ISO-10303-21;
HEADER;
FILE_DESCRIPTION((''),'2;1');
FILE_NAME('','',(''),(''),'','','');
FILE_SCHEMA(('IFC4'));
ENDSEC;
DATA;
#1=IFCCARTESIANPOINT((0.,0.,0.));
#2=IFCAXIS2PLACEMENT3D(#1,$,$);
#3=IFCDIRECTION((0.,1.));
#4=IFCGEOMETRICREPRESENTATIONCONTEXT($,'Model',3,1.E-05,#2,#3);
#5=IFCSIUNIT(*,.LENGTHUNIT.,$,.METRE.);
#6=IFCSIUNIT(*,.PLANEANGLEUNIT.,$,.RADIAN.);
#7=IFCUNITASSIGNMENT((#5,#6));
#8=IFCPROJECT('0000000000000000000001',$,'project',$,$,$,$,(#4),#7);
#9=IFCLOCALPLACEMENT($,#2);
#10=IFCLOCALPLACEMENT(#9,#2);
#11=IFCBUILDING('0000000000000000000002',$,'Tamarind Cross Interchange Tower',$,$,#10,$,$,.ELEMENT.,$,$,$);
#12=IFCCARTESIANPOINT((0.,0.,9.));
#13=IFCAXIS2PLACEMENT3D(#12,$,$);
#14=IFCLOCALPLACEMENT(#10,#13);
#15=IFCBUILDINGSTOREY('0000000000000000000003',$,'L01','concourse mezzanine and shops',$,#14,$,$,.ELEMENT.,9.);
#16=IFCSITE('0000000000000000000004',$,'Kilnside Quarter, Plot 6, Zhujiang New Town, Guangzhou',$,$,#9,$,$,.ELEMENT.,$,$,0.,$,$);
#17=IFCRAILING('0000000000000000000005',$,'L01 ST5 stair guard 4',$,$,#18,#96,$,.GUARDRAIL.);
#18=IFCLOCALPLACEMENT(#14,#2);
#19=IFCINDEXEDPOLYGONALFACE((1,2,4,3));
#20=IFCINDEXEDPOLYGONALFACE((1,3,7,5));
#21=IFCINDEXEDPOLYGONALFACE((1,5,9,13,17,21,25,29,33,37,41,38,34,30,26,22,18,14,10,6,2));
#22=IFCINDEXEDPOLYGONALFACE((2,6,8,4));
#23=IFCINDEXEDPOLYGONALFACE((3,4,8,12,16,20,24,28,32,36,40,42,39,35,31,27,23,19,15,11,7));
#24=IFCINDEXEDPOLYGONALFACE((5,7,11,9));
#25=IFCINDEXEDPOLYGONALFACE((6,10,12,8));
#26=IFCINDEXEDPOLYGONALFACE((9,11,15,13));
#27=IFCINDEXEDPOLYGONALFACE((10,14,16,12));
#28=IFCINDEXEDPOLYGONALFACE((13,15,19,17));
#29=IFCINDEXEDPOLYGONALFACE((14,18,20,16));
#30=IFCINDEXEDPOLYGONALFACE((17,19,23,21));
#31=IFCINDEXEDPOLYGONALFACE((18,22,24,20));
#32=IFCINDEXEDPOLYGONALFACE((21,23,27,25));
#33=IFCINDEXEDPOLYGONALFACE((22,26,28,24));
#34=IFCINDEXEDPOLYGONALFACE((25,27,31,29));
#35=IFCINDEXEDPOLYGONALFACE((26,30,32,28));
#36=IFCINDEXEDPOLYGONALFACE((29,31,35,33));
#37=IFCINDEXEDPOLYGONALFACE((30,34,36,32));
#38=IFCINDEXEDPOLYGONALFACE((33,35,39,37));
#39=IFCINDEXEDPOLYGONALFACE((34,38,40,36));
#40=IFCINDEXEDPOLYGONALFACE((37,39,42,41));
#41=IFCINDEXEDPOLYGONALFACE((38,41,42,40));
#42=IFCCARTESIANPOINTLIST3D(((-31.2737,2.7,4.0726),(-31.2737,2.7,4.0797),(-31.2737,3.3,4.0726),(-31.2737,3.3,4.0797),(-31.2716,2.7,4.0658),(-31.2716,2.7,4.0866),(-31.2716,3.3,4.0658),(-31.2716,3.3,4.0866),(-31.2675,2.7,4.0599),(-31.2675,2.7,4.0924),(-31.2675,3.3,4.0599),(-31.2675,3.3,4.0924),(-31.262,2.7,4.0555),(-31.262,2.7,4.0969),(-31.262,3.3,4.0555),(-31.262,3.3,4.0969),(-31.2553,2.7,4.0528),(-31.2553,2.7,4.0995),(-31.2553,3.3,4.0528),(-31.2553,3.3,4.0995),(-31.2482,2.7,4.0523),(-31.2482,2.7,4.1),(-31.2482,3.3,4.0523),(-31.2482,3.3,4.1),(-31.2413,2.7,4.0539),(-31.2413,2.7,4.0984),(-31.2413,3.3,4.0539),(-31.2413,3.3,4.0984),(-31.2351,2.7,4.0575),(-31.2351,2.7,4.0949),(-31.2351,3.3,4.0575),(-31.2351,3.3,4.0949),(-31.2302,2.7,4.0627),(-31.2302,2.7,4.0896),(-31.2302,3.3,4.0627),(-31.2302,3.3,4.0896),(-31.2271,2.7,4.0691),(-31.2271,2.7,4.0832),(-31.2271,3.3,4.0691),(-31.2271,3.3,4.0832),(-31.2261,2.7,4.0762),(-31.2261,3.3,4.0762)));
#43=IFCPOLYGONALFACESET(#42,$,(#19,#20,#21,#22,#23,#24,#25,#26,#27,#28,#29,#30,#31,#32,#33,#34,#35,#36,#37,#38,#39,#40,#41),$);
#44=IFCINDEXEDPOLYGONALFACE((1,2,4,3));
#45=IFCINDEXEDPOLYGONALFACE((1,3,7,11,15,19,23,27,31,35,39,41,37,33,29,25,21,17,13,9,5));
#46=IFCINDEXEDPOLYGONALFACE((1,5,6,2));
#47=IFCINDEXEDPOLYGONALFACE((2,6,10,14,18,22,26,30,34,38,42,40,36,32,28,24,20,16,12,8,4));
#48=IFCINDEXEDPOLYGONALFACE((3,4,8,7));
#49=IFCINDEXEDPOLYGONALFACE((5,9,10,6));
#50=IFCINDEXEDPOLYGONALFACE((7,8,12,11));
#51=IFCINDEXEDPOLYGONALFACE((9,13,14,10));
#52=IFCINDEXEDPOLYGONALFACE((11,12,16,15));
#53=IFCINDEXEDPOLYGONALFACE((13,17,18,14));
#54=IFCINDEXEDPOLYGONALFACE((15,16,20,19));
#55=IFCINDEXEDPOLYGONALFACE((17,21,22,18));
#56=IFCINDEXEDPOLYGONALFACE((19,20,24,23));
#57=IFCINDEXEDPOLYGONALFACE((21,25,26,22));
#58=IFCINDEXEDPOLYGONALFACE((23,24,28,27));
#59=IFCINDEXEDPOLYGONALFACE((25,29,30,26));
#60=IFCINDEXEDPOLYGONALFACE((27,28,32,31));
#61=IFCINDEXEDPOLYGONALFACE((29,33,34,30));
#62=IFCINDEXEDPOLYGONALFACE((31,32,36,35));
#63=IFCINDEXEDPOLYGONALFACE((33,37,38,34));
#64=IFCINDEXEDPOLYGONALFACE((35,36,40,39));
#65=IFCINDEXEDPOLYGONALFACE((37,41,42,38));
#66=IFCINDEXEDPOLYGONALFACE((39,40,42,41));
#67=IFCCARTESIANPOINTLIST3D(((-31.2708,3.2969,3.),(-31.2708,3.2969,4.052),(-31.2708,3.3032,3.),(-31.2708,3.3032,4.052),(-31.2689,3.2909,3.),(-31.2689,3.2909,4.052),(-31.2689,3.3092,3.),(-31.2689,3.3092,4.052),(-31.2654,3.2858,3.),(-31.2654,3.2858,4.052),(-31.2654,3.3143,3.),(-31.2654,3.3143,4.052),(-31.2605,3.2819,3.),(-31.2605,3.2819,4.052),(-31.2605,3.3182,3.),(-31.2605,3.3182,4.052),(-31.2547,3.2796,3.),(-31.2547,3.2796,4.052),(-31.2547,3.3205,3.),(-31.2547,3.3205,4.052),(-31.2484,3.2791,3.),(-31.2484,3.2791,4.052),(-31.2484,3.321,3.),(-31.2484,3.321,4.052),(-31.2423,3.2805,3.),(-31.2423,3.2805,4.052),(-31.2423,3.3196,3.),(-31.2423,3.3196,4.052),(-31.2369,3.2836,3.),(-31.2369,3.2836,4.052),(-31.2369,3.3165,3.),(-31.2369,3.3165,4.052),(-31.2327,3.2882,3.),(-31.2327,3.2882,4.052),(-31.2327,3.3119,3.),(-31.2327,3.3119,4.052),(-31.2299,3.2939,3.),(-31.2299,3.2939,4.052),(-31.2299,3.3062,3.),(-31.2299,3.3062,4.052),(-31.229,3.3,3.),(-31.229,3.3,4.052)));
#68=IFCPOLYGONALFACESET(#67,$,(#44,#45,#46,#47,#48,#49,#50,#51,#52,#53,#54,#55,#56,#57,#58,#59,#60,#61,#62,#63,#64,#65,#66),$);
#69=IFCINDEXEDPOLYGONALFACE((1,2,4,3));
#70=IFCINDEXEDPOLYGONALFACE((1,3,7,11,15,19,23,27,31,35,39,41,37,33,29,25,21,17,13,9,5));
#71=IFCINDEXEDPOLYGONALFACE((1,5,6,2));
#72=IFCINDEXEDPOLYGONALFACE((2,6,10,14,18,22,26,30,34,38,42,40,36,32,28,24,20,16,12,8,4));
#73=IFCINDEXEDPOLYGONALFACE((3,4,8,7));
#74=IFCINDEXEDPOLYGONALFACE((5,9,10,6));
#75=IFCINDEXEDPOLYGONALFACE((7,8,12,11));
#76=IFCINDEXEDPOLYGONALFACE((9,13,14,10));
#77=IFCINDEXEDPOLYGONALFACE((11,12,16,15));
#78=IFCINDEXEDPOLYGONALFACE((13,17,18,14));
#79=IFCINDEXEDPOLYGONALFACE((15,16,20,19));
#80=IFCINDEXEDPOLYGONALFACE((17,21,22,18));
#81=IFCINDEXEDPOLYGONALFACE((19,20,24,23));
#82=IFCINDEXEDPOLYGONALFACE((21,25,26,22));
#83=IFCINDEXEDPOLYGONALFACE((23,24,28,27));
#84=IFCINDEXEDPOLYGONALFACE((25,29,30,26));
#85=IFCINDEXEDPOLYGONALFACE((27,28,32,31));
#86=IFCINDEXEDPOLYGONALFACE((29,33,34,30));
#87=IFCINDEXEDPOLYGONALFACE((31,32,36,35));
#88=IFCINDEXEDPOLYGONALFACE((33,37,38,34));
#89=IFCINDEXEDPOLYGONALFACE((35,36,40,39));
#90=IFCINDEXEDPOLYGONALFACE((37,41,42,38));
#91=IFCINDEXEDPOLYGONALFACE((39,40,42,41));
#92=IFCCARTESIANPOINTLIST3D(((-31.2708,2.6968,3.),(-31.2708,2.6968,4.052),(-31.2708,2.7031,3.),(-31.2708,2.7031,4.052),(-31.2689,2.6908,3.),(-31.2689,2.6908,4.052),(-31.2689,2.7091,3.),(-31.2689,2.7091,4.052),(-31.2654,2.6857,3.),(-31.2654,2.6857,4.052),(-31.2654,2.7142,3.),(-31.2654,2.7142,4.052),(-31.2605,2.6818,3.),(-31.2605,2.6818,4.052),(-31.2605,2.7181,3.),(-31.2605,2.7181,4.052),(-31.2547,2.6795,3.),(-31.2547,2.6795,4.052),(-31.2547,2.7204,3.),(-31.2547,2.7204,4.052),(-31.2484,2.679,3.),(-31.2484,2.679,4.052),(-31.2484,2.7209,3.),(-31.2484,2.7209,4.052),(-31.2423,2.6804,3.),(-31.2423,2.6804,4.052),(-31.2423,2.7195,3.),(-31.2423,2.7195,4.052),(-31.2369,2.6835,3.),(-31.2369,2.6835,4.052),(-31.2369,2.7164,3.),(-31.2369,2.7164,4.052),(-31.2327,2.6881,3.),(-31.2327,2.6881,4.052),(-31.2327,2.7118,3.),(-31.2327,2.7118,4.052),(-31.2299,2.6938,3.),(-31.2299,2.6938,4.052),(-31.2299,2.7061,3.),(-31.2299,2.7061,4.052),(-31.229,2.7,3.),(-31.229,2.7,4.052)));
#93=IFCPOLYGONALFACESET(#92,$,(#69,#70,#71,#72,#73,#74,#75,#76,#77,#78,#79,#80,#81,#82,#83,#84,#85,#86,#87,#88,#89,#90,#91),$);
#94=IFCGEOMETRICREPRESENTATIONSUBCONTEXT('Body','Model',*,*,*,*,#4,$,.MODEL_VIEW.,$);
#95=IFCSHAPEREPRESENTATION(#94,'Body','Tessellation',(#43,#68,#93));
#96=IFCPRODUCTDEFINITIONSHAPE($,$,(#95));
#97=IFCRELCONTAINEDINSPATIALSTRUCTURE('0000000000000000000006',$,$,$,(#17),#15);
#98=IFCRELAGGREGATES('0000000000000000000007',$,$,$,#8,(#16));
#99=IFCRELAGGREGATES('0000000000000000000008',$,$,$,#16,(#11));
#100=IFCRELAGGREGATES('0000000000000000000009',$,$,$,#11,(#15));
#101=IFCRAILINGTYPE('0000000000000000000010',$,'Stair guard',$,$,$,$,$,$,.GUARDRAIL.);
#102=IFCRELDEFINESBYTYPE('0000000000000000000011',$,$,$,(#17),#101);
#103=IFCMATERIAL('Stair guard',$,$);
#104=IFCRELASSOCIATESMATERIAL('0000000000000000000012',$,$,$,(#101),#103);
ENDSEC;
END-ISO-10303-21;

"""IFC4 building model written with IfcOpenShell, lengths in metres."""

from ifc_helpers import new_model, si_unit, direction, frame, origin, origin_2d, place, context, subcontext, project, spatial, circle, extrude, material, type_object, element, save


model = new_model("IFC4")

# Units and contexts
model_context = context("Model", 3, precision=1e-05, world=origin(), true_north=direction((0.0, 1.0)))
body_context = subcontext(model_context, "Body", "Model", "MODEL_VIEW")
ifc_project = project(units=[si_unit("LENGTHUNIT", "METRE"), si_unit("PLANEANGLEUNIT", "RADIAN")], contexts=[model_context])

# Site, building, storey
site_placement = place(None, origin())
site = spatial("IfcSite", under=ifc_project, at=site_placement, Name="Kilnside Quarter, Plot 6, Zhujiang New Town, Guangzhou", CompositionType="ELEMENT", RefElevation=0.0)
building_placement = place(site_placement, origin())
building = spatial("IfcBuilding", under=site, at=building_placement, Name="Tamarind Cross Interchange Tower", CompositionType="ELEMENT")
storey_placement = place(building_placement, frame((0.0, 0.0, 9.0)))
storey = spatial("IfcBuildingStorey", under=building, at=storey_placement, Name="L01", Description="concourse mezzanine and shops", CompositionType="ELEMENT", Elevation=9.0)

# Railing
ifc_material_1 = material(Name="Stair guard")
railing_type_1 = type_object("IfcRailingType", Name="Stair guard", PredefinedType="GUARDRAIL", material=ifc_material_1)
railing_1_placement = place(storey_placement, frame((-31.25, 3.3, 3.0)))
element("IfcRailing", 1, at=railing_1_placement, inside=storey, type_object=railing_type_1, Name="L01 ST5 stair guard 4", PredefinedType="GUARDRAIL", context=body_context, shape_type="SweptSolid", body=[
    extrude(circle(Radius=0.0239, at=origin_2d()), frame((0.0, 0.0, 1.0762), z_axis=(0.0, -1.0, 0.0), x_axis=(1.0, 0.0, 0.0)), (0.0, 0.0, 1.0), 0.6001),
    extrude(circle(Radius=0.021, at=origin_2d()), origin(), (0.0, 0.0, 1.0), 1.052),
    extrude(circle(Radius=0.021, at=origin_2d()), frame((0.0, -0.6001, 0.0)), (0.0, 0.0, 1.0), 1.052),
])

save(model, "model.ifc")
